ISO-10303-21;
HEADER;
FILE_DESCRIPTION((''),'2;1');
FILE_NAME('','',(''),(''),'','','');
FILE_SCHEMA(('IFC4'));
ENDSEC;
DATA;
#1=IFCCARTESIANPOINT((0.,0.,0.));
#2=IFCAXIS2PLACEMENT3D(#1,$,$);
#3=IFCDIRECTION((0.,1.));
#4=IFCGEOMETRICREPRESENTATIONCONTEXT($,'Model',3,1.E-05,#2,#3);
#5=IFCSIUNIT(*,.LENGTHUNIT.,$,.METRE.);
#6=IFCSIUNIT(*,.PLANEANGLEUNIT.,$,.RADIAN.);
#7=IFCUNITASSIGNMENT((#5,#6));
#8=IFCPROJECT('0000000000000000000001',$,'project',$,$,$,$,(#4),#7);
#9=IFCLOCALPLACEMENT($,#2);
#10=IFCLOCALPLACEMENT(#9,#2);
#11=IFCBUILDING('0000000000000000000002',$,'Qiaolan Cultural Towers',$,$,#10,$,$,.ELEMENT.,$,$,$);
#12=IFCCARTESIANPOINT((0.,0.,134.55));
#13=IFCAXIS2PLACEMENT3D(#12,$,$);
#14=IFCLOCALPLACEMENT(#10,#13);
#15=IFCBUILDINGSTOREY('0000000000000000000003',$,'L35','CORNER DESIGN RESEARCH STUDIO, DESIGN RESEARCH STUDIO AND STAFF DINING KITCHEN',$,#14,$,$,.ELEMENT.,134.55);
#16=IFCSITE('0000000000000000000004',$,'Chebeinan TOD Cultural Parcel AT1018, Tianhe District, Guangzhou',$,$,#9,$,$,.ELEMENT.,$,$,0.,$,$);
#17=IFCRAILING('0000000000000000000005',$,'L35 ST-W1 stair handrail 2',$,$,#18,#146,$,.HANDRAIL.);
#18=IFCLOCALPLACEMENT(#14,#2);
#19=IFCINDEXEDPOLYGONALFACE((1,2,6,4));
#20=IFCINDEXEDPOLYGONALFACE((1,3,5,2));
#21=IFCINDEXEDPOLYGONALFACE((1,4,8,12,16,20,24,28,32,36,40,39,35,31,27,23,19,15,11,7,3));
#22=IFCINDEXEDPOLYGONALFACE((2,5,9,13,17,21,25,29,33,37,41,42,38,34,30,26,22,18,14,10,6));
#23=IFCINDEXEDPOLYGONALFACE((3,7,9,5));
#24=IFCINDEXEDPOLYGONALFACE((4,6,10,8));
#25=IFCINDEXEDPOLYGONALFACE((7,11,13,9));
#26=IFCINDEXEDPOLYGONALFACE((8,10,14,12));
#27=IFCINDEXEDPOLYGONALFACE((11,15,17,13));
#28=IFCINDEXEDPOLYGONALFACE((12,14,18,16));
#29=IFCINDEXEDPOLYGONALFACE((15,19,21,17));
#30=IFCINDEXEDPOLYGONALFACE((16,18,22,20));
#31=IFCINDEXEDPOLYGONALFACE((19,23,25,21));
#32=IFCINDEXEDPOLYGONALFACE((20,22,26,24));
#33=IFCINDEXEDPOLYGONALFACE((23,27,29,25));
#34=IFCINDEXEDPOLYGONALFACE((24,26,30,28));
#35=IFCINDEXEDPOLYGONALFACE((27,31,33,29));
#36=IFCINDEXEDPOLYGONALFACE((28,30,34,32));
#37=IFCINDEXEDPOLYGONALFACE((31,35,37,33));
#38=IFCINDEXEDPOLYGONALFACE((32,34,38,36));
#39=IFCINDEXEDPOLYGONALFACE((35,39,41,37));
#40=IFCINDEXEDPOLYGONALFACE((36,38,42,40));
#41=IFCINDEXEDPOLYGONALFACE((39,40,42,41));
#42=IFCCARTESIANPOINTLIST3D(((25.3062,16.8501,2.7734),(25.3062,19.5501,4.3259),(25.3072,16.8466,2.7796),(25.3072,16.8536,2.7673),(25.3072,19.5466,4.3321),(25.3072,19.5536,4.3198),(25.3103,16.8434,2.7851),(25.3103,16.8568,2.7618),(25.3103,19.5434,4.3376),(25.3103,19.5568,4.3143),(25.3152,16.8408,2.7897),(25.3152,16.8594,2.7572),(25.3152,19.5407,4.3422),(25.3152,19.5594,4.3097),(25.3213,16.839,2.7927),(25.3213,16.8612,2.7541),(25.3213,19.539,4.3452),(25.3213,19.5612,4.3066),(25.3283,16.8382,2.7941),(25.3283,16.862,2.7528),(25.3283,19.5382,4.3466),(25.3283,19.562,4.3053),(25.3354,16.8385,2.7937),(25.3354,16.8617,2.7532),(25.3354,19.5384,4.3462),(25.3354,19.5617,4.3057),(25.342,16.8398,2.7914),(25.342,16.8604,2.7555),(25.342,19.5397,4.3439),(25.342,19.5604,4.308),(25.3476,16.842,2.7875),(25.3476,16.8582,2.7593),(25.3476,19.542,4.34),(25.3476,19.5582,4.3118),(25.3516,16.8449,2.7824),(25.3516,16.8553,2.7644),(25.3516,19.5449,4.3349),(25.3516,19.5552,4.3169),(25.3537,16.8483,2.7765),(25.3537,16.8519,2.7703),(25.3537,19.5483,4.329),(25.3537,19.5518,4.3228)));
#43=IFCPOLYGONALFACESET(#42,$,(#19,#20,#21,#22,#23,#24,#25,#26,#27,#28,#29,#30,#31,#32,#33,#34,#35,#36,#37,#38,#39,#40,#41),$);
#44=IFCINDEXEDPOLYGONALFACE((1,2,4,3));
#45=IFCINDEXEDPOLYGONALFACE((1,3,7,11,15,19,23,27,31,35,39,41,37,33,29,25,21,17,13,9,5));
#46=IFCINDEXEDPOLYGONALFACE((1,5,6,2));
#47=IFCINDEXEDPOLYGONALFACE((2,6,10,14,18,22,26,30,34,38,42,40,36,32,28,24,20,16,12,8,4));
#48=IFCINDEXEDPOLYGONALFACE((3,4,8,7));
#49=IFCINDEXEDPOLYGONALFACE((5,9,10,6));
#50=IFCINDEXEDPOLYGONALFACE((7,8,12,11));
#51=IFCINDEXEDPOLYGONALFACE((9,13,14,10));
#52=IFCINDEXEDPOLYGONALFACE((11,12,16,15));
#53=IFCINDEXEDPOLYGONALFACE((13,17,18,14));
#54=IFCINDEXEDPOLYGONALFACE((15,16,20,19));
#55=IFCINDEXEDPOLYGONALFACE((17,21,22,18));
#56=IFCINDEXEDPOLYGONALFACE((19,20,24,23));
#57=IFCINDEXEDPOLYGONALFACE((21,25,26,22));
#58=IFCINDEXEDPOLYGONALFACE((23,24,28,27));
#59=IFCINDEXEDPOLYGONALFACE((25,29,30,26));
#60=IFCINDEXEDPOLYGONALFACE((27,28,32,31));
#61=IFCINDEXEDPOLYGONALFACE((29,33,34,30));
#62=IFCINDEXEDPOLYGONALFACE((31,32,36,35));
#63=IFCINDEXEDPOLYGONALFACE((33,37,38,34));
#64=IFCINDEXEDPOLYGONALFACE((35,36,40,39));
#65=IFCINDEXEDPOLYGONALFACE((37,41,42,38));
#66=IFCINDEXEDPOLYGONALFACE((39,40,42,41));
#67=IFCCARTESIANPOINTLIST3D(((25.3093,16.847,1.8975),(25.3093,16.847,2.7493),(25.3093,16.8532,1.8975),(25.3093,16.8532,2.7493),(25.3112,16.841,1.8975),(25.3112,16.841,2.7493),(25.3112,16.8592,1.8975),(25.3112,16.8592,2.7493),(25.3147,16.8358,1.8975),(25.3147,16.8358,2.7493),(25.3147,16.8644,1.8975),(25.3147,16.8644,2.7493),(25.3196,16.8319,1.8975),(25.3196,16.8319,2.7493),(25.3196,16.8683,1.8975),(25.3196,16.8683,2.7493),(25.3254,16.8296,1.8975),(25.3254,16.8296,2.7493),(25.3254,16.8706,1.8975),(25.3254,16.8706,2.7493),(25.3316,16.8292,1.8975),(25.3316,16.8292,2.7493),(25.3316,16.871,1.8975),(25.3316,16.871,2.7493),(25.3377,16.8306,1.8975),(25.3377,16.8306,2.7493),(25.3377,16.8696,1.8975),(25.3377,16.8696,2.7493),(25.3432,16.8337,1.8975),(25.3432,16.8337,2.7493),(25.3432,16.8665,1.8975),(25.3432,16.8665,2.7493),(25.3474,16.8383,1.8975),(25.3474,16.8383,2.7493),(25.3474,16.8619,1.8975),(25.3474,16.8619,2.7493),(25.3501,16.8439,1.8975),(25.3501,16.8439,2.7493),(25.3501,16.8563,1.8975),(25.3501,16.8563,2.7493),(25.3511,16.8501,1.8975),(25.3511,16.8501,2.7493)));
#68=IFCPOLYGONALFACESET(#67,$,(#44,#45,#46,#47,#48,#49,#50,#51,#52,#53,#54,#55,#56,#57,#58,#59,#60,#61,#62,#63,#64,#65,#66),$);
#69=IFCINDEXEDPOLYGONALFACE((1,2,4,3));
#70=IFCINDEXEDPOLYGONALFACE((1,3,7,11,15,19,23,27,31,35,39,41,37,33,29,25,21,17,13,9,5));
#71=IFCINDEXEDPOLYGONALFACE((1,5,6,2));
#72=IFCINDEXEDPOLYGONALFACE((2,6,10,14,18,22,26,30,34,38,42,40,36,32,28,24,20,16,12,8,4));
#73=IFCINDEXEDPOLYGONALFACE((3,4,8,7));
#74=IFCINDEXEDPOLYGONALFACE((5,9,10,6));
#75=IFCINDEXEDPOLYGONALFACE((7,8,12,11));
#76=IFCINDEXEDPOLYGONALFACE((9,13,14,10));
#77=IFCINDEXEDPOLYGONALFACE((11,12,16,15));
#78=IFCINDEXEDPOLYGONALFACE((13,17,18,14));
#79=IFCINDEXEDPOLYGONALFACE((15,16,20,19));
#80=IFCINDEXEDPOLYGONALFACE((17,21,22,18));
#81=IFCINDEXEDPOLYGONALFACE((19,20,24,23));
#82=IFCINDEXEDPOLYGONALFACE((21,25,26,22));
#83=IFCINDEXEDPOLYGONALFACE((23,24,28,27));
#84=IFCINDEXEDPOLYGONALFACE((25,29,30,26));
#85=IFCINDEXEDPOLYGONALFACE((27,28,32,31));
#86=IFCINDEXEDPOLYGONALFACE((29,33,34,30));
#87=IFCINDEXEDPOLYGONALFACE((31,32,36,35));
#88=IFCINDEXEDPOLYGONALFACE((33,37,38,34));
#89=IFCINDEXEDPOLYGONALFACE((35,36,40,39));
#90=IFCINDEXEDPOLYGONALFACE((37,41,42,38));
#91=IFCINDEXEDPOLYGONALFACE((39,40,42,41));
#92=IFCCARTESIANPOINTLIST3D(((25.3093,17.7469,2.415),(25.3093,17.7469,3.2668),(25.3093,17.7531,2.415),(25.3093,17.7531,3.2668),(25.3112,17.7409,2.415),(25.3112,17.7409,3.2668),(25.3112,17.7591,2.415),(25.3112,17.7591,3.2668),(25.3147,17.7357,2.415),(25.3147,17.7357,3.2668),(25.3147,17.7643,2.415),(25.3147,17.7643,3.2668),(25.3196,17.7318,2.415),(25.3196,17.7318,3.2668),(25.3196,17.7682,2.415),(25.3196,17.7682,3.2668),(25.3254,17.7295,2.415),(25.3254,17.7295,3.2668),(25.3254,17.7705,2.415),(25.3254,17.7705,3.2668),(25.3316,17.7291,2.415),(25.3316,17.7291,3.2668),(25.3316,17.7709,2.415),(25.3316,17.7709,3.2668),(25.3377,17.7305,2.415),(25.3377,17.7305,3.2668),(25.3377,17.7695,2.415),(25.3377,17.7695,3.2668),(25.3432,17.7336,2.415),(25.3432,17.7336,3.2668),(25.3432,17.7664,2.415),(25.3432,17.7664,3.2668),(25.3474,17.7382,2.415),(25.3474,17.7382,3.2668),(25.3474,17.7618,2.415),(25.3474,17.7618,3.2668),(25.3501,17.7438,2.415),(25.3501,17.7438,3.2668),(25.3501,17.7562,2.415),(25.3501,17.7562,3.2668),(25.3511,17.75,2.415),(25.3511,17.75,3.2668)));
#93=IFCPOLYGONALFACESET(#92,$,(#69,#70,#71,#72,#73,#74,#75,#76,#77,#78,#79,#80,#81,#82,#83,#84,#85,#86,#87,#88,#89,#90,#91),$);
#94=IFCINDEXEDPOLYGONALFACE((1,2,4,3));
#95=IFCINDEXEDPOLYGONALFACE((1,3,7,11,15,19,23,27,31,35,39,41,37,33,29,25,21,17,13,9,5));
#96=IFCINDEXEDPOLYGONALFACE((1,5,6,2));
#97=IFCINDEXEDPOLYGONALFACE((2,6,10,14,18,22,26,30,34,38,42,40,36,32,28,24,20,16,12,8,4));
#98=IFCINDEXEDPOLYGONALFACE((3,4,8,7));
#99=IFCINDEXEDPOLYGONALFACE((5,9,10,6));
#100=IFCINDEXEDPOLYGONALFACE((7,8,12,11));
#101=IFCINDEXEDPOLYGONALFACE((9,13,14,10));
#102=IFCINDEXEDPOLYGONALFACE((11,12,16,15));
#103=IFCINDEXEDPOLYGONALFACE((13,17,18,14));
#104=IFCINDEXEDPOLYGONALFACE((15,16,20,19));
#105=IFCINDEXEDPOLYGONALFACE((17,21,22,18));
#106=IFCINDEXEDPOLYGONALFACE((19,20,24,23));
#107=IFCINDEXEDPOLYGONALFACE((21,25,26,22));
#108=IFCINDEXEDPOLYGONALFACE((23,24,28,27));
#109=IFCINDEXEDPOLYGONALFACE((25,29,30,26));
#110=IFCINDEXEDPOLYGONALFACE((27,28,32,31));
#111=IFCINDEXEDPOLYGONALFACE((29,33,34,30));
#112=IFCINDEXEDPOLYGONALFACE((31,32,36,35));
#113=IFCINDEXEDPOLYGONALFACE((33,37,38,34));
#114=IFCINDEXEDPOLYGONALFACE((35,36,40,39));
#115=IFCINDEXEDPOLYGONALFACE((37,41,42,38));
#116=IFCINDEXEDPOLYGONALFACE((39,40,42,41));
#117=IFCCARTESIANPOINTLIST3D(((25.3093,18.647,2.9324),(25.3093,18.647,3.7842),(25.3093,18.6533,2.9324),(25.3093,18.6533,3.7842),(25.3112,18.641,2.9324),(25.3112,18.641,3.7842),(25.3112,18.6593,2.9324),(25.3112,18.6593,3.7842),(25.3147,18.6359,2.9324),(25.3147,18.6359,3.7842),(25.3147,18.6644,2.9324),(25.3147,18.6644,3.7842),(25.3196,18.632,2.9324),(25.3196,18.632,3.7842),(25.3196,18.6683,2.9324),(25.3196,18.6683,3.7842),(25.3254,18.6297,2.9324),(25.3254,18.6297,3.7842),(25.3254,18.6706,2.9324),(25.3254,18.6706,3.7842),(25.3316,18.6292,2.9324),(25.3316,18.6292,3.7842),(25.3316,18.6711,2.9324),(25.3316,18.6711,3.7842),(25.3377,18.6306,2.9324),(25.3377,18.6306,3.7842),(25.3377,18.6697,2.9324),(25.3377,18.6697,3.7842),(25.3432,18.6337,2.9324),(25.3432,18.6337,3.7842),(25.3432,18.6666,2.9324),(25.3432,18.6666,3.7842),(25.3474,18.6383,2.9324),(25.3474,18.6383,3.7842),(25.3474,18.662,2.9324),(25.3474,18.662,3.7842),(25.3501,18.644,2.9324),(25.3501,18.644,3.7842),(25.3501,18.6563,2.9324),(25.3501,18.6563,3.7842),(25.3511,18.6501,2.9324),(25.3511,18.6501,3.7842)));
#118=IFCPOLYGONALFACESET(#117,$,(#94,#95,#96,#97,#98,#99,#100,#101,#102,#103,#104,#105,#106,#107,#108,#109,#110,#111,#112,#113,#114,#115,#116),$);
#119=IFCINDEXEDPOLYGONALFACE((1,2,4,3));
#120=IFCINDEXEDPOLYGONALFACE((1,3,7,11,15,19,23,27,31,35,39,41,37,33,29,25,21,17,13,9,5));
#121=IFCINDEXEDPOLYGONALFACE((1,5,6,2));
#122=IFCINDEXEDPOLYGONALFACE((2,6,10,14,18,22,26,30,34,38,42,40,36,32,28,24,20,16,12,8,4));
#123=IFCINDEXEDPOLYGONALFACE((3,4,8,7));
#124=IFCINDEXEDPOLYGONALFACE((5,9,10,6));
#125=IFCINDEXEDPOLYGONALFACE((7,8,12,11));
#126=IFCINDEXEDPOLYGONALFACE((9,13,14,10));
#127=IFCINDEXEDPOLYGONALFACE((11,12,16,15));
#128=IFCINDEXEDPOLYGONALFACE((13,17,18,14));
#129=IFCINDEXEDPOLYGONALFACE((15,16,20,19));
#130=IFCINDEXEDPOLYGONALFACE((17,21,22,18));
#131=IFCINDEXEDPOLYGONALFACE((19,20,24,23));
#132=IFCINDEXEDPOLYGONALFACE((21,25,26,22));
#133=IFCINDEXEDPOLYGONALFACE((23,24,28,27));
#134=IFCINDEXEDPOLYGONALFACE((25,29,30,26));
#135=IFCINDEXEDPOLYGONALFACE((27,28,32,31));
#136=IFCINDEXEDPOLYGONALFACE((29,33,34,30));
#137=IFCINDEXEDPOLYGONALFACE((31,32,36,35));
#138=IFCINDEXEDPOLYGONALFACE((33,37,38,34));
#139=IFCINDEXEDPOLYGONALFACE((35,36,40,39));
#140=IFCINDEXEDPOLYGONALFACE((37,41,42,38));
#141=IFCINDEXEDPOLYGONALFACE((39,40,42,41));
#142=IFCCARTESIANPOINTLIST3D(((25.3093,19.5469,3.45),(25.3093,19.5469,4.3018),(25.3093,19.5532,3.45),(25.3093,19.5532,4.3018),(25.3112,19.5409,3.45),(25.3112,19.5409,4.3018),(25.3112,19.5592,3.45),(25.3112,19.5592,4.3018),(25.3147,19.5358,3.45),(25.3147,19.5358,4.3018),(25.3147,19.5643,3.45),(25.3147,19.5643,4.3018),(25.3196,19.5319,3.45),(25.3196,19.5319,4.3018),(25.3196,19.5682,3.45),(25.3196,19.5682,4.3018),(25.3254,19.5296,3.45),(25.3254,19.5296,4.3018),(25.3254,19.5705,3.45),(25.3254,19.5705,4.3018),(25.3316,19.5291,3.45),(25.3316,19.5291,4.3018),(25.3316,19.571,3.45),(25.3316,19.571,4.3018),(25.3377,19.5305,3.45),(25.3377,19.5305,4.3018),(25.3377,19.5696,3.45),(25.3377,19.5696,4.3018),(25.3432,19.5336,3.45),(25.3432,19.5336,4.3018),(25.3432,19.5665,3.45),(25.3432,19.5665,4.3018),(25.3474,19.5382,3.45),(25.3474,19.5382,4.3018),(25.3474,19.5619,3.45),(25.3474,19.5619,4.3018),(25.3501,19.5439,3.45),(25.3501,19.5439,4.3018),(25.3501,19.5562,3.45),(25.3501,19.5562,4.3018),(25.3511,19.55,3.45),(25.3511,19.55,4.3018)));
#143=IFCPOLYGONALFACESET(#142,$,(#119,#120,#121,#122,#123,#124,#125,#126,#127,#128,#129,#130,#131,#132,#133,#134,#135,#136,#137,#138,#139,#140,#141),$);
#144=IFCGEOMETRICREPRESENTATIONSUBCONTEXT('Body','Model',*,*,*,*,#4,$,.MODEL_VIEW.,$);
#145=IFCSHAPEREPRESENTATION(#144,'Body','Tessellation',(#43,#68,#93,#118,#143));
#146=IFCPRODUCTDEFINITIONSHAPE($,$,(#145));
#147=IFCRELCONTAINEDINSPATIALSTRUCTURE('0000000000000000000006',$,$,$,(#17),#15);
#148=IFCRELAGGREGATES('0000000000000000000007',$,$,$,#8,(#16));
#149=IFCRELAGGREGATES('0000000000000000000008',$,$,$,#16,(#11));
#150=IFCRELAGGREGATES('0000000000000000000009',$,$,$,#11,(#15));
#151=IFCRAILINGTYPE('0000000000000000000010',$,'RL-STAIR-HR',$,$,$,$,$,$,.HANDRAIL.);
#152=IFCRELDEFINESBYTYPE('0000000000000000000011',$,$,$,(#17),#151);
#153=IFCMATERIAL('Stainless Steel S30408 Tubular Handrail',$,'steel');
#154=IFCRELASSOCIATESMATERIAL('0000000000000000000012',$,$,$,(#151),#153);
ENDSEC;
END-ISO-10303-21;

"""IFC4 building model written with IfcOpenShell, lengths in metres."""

from ifc_helpers import new_model, si_unit, direction, frame, origin, origin_2d, place, context, subcontext, project, spatial, circle, extrude, material, type_object, element, save


model = new_model("IFC4")

# Units and contexts
model_context = context("Model", 3, precision=1e-05, world=origin(), true_north=direction((0.0, 1.0)))
body_context = subcontext(model_context, "Body", "Model", "MODEL_VIEW")
ifc_project = project(units=[si_unit("LENGTHUNIT", "METRE"), si_unit("PLANEANGLEUNIT", "RADIAN")], contexts=[model_context])

# Site, building, storey
site_placement = place(None, origin())
site = spatial("IfcSite", under=ifc_project, at=site_placement, Name="Chebeinan TOD Cultural Parcel AT1018, Tianhe District, Guangzhou", CompositionType="ELEMENT", RefElevation=0.0)
building_placement = place(site_placement, origin())
building = spatial("IfcBuilding", under=site, at=building_placement, Name="Qiaolan Cultural Towers", CompositionType="ELEMENT")
storey_placement = place(building_placement, frame((0.0, 0.0, 134.55)))
storey = spatial("IfcBuildingStorey", under=building, at=storey_placement, Name="L35", Description="CORNER DESIGN RESEARCH STUDIO, DESIGN RESEARCH STUDIO AND STAFF DINING KITCHEN", CompositionType="ELEMENT", Elevation=134.55)

# Railing
ifc_material_1 = material(Name="Stainless Steel S30408 Tubular Handrail", Category="steel")
railing_type_1 = type_object("IfcRailingType", Name="RL-STAIR-HR", PredefinedType="HANDRAIL", material=ifc_material_1)
railing_1_placement = place(storey_placement, frame((25.3301, 16.8501, 1.8975)))
element("IfcRailing", 1, at=railing_1_placement, inside=storey, type_object=railing_type_1, Name="L35 ST-W1 stair handrail 2", PredefinedType="HANDRAIL", context=body_context, shape_type="SweptSolid", body=[
    extrude(circle(Radius=0.0239, at=origin_2d()), frame((0.0, 0.0, 0.876), z_axis=(0.0, 0.866904, 0.498476), x_axis=(-1.0, 0.0, 0.0)), (0.0, 0.0, 1.0), 3.1145),
    extrude(circle(Radius=0.021, at=origin_2d()), origin(), (0.0, 0.0, 1.0), 0.8518),
    extrude(circle(Radius=0.021, at=origin_2d()), frame((0.0, 0.8999, 0.5176)), (0.0, 0.0, 1.0), 0.8518),
    extrude(circle(Radius=0.021, at=origin_2d()), frame((0.0, 1.8, 1.0349)), (0.0, 0.0, 1.0), 0.8518),
    extrude(circle(Radius=0.021, at=origin_2d()), frame((0.0, 2.7, 1.5525)), (0.0, 0.0, 1.0), 0.8518),
])

save(model, "model.ifc")
